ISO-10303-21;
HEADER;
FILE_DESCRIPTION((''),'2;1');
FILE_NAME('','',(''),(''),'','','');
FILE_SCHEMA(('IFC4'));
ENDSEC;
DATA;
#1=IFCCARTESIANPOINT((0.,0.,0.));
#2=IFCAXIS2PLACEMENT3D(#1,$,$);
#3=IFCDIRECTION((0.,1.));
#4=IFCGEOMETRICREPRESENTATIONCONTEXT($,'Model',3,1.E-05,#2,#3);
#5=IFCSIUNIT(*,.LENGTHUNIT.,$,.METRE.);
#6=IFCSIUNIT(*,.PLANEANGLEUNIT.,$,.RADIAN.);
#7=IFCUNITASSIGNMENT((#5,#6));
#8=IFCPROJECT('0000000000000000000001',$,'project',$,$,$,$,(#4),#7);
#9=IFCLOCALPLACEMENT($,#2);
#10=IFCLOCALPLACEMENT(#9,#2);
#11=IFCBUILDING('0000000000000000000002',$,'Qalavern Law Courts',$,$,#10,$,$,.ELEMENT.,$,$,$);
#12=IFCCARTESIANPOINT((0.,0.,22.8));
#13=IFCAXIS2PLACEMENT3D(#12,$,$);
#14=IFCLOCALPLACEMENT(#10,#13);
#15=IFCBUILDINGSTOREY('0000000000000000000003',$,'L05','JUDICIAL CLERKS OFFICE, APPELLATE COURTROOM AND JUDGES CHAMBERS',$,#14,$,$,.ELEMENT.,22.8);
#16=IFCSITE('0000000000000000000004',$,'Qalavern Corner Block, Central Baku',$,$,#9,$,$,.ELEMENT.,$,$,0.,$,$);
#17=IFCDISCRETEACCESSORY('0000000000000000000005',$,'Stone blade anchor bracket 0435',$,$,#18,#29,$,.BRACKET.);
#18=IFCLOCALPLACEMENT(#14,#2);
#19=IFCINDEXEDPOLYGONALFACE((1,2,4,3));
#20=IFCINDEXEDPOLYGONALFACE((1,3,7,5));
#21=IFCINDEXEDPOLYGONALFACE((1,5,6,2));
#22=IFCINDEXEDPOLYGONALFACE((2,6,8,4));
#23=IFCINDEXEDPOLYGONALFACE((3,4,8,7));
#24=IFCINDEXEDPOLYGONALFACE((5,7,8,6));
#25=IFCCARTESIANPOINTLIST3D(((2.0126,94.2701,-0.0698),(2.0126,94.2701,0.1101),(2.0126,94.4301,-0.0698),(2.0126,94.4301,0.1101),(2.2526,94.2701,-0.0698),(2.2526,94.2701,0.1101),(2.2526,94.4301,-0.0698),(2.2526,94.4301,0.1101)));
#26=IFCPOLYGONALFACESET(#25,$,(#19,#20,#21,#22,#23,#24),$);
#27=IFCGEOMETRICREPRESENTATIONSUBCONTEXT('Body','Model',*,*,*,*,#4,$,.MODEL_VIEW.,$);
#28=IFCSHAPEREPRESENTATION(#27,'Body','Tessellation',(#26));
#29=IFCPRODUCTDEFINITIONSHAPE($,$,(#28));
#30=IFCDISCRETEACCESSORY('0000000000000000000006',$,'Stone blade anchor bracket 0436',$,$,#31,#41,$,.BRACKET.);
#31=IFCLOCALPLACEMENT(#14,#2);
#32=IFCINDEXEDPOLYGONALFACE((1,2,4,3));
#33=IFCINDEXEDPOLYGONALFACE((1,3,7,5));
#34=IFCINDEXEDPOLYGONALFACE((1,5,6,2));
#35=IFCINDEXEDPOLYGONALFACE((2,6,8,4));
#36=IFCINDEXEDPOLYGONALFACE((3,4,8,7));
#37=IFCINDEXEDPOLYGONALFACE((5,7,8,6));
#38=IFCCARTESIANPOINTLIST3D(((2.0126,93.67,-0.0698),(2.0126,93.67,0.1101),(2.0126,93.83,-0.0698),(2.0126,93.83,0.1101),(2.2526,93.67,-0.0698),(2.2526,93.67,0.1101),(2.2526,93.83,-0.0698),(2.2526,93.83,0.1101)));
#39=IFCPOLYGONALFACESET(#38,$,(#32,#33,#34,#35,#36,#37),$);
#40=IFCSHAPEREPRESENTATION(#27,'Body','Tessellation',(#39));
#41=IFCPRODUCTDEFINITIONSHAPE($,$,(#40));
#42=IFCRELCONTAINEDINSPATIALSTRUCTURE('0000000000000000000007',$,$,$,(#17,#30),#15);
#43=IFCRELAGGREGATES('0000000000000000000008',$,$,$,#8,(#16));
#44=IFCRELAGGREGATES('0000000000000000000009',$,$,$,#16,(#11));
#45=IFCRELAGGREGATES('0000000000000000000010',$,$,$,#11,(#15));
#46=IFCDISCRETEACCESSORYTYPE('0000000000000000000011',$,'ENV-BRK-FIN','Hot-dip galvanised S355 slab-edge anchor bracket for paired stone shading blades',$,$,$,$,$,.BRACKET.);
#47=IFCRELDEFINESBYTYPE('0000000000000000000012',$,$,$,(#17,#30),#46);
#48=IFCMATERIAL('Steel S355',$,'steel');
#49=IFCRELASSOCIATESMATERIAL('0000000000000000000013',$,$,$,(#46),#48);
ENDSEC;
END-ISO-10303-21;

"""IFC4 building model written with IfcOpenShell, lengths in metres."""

from ifc_helpers import new_model, si_unit, direction, frame, origin, origin_2d, place, context, subcontext, project, spatial, rectangle, extrude, material, type_object, element, save


model = new_model("IFC4")

# Units and contexts
model_context = context("Model", 3, precision=1e-05, world=origin(), true_north=direction((0.0, 1.0)))
body_context = subcontext(model_context, "Body", "Model", "MODEL_VIEW")
ifc_project = project(units=[si_unit("LENGTHUNIT", "METRE"), si_unit("PLANEANGLEUNIT", "RADIAN")], contexts=[model_context])

# Site, building, storey
site_placement = place(None, origin())
site = spatial("IfcSite", under=ifc_project, at=site_placement, Name="Qalavern Corner Block, Central Baku", CompositionType="ELEMENT", RefElevation=0.0)
building_placement = place(site_placement, origin())
building = spatial("IfcBuilding", under=site, at=building_placement, Name="Qalavern Law Courts", CompositionType="ELEMENT")
storey_placement = place(building_placement, frame((0.0, 0.0, 22.8)))
storey = spatial("IfcBuildingStorey", under=building, at=storey_placement, Name="L05", Description="JUDICIAL CLERKS OFFICE, APPELLATE COURTROOM AND JUDGES CHAMBERS", CompositionType="ELEMENT", Elevation=22.8)

# Discrete accessories
ifc_material_1 = material(Name="Steel S355", Category="steel")
discrete_accessory_type = type_object("IfcDiscreteAccessoryType", Name="ENV-BRK-FIN", Description="Hot-dip galvanised S355 slab-edge anchor bracket for paired stone shading blades", PredefinedType="BRACKET", material=ifc_material_1)
for number, where, z_axis, x_axis, name in (
    (1, (2.1326, 94.3501, -0.0698), (0.0, 0.0, 1.0), (-1.0, 0.0, 0.0), "Stone blade anchor bracket 0435"),
    (2, (2.1326, 93.75, -0.0698), (0.0, 0.0, 1.0), (-1.0, 0.0, 0.0), "Stone blade anchor bracket 0436"),
):
    element("IfcDiscreteAccessory", number, at=place(storey_placement, frame(where, z_axis=z_axis, x_axis=x_axis)), inside=storey, type_object=discrete_accessory_type, Name=name, PredefinedType="BRACKET", context=body_context, shape_type="SweptSolid", body=[
        extrude(rectangle(XDim=0.24, YDim=0.1599, at=origin_2d()), origin(), (0.0, 0.0, 1.0), 0.1799),
    ])

save(model, "model.ifc")
